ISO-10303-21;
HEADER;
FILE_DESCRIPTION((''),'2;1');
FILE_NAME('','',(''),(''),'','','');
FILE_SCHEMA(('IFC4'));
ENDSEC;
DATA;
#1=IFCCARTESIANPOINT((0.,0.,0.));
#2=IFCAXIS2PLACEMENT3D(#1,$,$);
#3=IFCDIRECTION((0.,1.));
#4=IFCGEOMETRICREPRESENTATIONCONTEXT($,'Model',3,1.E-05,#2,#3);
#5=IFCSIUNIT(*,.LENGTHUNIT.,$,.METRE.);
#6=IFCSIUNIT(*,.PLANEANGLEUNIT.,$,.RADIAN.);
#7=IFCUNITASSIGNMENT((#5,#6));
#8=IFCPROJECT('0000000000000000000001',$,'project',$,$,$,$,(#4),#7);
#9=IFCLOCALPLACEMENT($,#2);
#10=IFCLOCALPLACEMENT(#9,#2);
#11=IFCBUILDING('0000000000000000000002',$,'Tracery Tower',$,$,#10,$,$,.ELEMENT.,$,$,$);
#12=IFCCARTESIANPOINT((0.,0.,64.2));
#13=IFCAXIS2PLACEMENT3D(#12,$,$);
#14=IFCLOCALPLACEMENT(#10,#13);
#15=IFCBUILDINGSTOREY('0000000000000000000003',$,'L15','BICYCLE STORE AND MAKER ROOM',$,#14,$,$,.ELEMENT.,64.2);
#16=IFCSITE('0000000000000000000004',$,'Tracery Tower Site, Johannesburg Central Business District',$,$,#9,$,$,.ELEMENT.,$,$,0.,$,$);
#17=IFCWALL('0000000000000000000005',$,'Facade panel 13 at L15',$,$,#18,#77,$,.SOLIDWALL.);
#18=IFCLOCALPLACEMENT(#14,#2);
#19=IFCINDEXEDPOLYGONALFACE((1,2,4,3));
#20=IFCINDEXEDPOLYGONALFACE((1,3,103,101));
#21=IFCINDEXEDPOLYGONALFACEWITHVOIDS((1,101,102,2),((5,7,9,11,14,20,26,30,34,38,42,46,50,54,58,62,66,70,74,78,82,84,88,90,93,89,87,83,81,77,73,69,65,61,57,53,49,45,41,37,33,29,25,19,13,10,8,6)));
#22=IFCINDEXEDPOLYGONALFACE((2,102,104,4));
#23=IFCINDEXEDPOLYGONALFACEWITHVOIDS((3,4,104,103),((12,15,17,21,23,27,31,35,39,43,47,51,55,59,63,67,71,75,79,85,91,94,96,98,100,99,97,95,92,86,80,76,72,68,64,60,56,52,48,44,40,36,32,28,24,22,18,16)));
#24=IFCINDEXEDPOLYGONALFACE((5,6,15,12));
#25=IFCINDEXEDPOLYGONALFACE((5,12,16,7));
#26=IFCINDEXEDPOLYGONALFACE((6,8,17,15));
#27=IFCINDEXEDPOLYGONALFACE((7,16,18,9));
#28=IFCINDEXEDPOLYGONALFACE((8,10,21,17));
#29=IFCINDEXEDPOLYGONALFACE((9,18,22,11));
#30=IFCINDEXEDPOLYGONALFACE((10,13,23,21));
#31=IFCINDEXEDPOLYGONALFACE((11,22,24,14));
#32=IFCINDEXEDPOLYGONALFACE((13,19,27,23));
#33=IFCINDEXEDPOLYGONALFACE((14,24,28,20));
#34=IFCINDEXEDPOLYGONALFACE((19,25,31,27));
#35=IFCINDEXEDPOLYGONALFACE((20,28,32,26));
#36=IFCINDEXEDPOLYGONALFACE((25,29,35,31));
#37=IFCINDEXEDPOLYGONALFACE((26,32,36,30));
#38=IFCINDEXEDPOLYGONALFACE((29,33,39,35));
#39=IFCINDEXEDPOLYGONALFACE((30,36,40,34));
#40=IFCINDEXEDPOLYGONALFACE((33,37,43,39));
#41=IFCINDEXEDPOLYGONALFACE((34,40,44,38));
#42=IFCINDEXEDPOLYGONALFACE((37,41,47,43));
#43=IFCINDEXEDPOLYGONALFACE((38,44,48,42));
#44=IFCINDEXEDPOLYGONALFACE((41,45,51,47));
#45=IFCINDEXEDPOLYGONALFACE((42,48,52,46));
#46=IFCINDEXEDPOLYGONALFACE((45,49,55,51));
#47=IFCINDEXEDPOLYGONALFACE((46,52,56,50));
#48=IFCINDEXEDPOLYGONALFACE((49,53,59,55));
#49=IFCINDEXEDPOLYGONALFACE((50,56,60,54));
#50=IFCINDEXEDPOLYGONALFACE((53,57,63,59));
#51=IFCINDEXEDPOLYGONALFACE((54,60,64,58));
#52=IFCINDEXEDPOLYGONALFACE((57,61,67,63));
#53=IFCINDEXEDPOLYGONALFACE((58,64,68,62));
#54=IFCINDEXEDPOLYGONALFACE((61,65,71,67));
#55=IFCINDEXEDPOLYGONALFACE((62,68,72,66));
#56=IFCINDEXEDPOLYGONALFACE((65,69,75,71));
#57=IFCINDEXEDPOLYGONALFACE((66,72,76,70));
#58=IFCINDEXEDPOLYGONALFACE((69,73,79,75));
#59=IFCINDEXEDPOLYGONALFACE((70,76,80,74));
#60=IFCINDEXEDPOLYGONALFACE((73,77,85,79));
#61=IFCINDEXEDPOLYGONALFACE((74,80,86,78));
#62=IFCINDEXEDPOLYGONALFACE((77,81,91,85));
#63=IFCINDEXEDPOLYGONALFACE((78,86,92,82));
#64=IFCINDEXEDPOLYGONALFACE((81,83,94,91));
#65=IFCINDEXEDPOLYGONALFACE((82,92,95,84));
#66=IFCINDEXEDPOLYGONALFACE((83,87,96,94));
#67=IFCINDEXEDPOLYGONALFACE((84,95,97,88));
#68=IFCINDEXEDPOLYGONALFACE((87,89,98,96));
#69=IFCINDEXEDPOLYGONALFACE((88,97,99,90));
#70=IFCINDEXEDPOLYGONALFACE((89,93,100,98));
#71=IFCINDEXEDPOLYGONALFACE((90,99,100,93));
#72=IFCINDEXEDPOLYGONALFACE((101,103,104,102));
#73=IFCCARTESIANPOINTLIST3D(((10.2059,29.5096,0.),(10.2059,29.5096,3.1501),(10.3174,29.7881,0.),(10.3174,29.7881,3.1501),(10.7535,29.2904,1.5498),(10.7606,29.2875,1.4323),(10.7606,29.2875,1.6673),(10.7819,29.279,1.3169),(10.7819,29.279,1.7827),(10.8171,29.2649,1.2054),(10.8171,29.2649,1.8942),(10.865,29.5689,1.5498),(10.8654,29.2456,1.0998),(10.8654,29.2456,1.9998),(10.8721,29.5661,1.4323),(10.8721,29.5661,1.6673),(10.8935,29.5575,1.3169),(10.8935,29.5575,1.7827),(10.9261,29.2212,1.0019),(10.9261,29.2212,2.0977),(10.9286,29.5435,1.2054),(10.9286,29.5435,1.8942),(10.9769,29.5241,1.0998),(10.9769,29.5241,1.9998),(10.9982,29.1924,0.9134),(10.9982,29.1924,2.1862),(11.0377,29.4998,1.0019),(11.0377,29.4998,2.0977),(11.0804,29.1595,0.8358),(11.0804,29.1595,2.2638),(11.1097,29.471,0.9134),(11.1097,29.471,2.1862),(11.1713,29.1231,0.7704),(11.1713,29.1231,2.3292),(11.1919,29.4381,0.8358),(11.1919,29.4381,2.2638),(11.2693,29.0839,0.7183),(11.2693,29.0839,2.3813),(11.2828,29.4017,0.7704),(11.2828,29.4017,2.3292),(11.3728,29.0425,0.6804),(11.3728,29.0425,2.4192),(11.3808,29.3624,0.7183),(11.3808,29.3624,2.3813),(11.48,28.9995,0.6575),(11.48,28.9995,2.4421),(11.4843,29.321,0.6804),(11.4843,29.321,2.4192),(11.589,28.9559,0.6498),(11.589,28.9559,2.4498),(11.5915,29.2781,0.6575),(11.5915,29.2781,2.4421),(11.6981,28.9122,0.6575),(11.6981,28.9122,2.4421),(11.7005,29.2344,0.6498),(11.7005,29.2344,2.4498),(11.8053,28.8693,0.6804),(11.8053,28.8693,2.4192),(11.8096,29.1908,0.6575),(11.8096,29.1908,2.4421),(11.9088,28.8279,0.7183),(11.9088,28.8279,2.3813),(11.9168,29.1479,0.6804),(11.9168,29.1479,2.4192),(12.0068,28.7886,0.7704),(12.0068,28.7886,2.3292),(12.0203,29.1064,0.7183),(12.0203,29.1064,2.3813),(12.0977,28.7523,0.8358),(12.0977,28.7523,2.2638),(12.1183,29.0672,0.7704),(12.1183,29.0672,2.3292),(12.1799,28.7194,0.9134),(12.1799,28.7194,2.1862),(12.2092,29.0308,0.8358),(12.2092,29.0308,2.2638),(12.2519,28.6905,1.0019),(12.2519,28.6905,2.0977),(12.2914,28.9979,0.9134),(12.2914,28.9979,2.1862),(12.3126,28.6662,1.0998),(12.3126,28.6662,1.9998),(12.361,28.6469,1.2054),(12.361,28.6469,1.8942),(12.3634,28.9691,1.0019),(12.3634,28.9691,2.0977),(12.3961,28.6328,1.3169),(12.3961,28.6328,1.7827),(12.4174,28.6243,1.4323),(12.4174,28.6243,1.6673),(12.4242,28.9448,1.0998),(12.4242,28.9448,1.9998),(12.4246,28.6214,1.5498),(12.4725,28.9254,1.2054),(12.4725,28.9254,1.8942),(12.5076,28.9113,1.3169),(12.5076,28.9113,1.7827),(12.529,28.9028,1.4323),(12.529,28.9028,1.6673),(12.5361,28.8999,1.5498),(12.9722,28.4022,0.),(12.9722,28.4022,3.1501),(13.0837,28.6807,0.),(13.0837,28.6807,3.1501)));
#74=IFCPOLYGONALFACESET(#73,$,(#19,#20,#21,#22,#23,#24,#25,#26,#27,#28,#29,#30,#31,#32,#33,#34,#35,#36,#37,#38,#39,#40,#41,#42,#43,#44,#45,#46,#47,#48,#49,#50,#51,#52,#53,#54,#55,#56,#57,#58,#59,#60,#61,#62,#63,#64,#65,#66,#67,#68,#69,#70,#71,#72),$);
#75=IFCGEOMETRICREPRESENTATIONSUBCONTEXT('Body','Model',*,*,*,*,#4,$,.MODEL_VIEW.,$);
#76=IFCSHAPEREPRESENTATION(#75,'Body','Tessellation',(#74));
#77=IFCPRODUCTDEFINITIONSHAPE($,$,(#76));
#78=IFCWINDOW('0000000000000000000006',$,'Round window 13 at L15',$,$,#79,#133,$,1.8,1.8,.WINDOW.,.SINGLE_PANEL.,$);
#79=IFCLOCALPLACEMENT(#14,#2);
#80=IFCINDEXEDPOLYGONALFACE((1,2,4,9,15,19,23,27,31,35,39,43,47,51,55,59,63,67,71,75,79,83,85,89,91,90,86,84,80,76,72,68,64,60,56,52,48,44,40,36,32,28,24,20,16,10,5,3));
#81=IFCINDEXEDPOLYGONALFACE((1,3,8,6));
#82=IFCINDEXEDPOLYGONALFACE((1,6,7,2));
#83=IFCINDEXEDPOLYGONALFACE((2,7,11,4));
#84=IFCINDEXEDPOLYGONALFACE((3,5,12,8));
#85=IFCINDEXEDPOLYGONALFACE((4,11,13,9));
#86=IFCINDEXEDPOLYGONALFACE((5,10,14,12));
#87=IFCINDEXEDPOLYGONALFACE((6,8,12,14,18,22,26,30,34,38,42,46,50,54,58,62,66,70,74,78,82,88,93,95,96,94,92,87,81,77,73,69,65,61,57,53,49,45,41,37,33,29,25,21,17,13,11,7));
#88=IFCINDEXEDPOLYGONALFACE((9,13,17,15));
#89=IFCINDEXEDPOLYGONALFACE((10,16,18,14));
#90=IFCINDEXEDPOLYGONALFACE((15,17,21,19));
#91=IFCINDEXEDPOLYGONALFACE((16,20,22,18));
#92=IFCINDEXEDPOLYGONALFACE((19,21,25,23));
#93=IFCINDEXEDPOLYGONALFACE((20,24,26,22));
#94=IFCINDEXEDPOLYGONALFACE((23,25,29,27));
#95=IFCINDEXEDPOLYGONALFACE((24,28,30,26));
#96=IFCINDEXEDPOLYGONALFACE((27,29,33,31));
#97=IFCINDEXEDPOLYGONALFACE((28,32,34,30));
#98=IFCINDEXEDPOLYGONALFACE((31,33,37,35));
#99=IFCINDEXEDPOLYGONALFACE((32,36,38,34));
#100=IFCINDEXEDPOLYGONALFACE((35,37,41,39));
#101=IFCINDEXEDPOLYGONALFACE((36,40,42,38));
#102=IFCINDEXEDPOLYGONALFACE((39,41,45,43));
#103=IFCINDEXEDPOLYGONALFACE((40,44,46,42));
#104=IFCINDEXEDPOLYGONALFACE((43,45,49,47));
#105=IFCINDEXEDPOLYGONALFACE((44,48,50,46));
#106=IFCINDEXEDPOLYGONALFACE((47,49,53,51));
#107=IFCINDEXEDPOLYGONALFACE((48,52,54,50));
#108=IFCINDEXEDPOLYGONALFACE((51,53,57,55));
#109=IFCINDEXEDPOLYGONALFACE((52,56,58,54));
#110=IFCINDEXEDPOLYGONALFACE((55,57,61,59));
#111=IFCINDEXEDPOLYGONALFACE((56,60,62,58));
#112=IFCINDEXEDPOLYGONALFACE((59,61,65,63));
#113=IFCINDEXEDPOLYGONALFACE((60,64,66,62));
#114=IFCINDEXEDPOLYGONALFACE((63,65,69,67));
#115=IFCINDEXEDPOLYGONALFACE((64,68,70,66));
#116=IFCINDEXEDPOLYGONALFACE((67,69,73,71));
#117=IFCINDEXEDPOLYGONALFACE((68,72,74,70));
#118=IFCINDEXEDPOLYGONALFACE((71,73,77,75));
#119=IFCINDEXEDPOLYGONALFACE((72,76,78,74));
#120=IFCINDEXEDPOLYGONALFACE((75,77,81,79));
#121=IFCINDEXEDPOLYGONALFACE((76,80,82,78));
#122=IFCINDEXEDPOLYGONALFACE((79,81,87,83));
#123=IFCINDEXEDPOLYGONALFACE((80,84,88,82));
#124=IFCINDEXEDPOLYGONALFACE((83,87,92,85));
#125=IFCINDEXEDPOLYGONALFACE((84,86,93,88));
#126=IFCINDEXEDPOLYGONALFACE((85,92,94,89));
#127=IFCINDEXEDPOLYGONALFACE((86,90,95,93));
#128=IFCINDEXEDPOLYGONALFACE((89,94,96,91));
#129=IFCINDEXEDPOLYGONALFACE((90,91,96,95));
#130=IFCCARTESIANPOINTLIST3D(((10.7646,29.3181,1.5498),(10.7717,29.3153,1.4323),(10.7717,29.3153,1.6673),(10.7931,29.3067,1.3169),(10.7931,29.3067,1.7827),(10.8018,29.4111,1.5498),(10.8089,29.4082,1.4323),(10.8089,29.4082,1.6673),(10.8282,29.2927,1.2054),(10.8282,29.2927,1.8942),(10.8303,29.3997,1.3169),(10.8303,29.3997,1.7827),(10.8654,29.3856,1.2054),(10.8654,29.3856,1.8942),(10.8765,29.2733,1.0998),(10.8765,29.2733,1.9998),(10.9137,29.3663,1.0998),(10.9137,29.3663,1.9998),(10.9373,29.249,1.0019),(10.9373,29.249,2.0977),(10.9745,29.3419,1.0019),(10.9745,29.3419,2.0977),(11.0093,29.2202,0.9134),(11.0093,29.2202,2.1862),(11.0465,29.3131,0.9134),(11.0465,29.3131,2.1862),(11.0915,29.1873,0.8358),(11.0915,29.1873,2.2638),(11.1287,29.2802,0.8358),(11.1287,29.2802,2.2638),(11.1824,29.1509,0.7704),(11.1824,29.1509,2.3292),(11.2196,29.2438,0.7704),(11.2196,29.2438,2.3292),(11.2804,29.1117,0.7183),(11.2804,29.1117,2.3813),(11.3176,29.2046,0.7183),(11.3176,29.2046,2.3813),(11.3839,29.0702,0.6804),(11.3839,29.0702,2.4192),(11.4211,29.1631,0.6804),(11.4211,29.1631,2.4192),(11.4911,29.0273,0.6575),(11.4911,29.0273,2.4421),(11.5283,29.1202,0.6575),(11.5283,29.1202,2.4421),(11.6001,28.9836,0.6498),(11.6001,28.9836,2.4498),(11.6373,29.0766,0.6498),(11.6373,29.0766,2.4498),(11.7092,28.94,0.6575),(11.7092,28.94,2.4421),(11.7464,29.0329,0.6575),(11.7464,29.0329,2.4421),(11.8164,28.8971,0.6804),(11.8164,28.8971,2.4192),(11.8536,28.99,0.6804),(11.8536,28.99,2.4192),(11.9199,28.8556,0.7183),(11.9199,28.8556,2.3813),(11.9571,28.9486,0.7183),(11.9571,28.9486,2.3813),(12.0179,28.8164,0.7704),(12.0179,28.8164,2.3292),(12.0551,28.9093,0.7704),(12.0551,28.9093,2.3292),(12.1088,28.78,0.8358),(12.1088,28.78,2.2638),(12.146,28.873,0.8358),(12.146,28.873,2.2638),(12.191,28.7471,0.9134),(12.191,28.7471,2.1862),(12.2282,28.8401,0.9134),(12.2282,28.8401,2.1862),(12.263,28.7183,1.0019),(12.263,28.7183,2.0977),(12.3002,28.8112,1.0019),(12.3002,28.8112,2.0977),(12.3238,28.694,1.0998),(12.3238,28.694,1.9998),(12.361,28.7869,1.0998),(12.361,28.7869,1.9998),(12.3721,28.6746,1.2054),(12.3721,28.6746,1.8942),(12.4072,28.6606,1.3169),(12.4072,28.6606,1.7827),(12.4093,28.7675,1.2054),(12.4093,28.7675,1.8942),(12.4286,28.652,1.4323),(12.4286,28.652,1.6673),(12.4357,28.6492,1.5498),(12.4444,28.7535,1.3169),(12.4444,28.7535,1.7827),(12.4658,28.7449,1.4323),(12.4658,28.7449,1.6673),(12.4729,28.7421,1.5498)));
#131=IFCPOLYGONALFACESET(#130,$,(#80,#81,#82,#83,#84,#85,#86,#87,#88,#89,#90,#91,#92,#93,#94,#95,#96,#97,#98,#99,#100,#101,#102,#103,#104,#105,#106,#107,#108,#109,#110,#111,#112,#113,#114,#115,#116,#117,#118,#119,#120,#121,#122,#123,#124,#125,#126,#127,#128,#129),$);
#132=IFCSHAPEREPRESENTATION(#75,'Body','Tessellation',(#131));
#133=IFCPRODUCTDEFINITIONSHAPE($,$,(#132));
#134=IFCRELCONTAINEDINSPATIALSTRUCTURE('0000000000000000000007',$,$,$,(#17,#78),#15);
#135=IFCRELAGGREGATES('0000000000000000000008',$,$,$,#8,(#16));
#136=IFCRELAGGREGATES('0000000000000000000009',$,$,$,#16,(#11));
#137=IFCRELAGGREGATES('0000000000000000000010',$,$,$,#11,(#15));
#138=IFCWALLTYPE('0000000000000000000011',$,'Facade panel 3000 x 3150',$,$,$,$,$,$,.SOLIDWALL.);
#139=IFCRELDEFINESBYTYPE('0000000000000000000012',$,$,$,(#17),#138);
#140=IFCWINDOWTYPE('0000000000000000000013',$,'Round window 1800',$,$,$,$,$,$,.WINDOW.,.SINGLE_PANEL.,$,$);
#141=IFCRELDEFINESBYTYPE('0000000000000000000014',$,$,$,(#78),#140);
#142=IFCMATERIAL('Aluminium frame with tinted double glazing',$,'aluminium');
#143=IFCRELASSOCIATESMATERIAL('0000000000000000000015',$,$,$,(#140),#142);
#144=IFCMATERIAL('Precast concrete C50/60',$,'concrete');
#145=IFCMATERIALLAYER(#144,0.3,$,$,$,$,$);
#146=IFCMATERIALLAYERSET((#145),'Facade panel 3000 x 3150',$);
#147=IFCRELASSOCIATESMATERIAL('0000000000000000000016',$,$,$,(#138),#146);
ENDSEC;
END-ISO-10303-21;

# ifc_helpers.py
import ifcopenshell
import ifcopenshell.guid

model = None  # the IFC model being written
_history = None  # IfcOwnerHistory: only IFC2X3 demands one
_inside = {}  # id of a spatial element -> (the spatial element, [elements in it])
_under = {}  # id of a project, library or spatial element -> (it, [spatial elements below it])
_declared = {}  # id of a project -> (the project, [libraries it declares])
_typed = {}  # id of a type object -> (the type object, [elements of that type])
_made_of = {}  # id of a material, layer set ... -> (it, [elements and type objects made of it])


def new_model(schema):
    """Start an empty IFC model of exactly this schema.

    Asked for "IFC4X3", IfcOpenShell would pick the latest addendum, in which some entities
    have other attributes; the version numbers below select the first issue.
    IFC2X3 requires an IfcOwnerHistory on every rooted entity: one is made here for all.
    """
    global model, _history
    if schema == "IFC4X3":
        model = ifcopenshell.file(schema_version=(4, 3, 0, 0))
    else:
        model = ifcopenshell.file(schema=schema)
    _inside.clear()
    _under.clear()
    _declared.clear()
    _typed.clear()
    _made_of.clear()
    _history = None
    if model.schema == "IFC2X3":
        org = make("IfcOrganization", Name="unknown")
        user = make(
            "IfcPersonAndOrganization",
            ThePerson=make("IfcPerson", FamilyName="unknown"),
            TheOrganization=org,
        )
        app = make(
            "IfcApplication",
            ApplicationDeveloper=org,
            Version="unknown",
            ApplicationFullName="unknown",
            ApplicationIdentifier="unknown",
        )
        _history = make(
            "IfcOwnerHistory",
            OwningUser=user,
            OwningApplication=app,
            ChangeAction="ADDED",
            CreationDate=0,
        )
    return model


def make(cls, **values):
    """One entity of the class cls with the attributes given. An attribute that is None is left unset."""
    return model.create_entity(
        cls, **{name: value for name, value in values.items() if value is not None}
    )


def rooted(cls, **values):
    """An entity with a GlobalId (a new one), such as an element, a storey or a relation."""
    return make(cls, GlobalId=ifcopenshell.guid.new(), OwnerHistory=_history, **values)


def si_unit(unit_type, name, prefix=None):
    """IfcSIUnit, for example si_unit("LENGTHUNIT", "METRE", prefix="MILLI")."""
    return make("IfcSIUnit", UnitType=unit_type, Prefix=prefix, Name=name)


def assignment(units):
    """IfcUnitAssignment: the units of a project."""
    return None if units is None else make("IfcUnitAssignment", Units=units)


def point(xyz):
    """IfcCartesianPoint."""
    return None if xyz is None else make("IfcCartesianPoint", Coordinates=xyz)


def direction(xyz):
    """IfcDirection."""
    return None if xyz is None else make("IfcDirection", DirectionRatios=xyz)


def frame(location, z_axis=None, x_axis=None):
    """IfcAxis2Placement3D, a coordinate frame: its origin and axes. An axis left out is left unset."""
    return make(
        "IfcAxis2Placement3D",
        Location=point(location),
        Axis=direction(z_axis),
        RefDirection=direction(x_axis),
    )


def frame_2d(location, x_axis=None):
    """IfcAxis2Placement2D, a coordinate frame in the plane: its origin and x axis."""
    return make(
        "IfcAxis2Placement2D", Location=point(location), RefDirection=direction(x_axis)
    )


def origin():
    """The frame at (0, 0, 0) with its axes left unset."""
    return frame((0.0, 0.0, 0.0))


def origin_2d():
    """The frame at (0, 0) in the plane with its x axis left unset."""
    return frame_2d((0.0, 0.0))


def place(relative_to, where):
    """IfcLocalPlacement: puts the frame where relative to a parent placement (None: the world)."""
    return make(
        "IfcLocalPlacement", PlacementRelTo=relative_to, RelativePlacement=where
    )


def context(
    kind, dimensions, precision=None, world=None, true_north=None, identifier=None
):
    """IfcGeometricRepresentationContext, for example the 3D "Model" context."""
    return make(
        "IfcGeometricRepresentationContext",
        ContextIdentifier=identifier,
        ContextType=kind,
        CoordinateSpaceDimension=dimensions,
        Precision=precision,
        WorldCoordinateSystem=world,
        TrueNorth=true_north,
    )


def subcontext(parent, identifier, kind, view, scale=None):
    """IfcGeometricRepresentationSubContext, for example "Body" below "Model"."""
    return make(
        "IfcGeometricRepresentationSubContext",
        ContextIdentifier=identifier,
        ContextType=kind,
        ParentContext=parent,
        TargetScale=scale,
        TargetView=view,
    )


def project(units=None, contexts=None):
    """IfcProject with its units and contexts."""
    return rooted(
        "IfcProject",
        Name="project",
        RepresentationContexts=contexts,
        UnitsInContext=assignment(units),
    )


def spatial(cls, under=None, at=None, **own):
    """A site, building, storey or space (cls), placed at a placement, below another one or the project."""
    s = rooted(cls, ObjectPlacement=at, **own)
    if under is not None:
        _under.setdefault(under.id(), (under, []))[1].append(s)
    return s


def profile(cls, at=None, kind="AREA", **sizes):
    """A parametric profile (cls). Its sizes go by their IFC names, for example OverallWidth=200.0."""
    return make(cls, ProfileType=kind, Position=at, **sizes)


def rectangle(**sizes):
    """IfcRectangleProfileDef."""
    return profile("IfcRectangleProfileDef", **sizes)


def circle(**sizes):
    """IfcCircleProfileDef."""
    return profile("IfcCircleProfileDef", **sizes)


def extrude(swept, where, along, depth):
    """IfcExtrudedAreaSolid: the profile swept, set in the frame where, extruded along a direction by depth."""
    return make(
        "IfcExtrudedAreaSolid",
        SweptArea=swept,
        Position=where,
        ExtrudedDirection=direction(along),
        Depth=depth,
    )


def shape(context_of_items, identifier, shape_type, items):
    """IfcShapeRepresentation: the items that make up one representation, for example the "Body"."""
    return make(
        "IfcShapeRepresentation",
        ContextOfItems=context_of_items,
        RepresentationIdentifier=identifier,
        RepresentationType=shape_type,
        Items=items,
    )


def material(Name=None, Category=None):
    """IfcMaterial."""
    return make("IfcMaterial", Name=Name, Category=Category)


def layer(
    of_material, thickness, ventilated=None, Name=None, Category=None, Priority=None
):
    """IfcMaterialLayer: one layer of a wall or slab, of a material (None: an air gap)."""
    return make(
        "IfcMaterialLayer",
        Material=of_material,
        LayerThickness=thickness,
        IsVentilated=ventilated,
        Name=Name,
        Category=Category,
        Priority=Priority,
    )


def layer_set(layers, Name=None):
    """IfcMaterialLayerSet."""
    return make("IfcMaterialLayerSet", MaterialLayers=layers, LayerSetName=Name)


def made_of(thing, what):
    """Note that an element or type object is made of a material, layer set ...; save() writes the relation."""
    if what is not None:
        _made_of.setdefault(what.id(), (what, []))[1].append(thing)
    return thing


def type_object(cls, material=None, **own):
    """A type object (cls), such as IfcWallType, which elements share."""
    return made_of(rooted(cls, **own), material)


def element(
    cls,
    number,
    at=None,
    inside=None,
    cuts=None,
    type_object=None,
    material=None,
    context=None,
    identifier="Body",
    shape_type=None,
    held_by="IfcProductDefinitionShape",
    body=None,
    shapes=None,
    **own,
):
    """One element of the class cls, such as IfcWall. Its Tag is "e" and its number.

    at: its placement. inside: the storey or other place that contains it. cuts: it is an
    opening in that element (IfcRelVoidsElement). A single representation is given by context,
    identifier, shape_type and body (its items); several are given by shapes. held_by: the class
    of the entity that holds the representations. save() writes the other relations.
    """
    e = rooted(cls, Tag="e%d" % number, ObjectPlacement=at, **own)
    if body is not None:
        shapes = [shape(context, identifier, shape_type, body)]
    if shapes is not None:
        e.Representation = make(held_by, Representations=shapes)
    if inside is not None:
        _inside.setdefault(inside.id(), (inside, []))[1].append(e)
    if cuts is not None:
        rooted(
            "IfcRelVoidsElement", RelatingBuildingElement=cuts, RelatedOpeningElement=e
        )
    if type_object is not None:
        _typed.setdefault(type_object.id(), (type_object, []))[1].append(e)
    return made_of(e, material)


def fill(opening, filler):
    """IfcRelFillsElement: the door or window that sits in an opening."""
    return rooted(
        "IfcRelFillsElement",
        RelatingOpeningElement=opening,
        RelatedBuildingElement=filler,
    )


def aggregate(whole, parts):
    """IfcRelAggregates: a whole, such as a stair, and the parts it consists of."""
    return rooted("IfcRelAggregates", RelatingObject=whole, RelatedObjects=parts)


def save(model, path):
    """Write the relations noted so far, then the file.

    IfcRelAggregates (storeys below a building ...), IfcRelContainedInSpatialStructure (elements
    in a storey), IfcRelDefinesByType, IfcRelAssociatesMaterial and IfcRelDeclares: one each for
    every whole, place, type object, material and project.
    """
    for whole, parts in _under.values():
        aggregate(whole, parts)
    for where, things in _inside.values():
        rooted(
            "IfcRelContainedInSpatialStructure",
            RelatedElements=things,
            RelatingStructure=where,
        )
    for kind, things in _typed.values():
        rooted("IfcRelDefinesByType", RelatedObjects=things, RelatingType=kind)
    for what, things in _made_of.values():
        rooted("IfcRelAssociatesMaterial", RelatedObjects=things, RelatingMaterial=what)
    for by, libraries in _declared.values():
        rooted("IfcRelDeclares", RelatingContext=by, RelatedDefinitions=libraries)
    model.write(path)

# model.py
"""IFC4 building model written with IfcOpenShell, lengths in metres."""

from ifc_helpers import new_model, si_unit, direction, frame, frame_2d, origin, origin_2d, place, context, subcontext, project, spatial, rectangle, circle, extrude, material, layer, layer_set, type_object, element, fill, save


model = new_model("IFC4")

# Units and contexts
model_context = context("Model", 3, precision=1e-05, world=origin(), true_north=direction((0.0, 1.0)))
body_context = subcontext(model_context, "Body", "Model", "MODEL_VIEW")
ifc_project = project(units=[si_unit("LENGTHUNIT", "METRE"), si_unit("PLANEANGLEUNIT", "RADIAN")], contexts=[model_context])

# Site, building, storey
site_placement = place(None, origin())
site = spatial("IfcSite", under=ifc_project, at=site_placement, Name="Tracery Tower Site, Johannesburg Central Business District", CompositionType="ELEMENT", RefElevation=0.0)
building_placement = place(site_placement, origin())
building = spatial("IfcBuilding", under=site, at=building_placement, Name="Tracery Tower", CompositionType="ELEMENT")
storey_placement = place(building_placement, frame((0.0, 0.0, 64.2)))
storey = spatial("IfcBuildingStorey", under=building, at=storey_placement, Name="L15", Description="BICYCLE STORE AND MAKER ROOM", CompositionType="ELEMENT", Elevation=64.2)

# Wall, opening, window
ifc_material_1 = material(Name="Aluminium frame with tinted double glazing", Category="aluminium")
window_type = type_object("IfcWindowType", Name="Round window 1800", PartitioningType="SINGLE_PANEL", PredefinedType="WINDOW", material=ifc_material_1)
ifc_material_2 = material(Name="Precast concrete C50/60", Category="concrete")
ifc_layer_1 = layer(ifc_material_2, 0.3)
ifc_layer_set_1 = layer_set([ifc_layer_1], Name="Facade panel 3000 x 3150")
wall_type_1 = type_object("IfcWallType", Name="Facade panel 3000 x 3150", PredefinedType="SOLIDWALL", material=ifc_layer_set_1)
wall_1_placement = place(storey_placement, frame((13.0278, 28.5415, 0.0), z_axis=(0.0, 0.0, 1.0), x_axis=(-0.928375, 0.371645, 0.0)))
wall_1 = element("IfcWall", 1, at=wall_1_placement, inside=storey, type_object=wall_type_1, Name="Facade panel 13 at L15", PredefinedType="SOLIDWALL", context=body_context, shape_type="SweptSolid", body=[
    extrude(rectangle(XDim=2.9797, YDim=0.3, at=frame_2d((1.4897, 0.0))), origin(), (0.0, 0.0, 1.0), 3.1501),
])
opening_1_placement = place(wall_1_placement, frame((1.4897, 0.0, 1.5498)))
opening_1 = element("IfcOpeningElement", 2, at=opening_1_placement, cuts=wall_1, PredefinedType="OPENING", context=body_context, shape_type="SweptSolid", body=[
    extrude(circle(Radius=0.9, at=origin_2d()), frame((0.0, 0.1599, 0.0), z_axis=(0.0, -1.0, 0.0), x_axis=(1.0, 0.0, 0.0)), (0.0, 0.0, 1.0), 0.3201),
])
window_1_placement = place(opening_1_placement, origin())
window_1 = element("IfcWindow", 3, at=window_1_placement, inside=storey, type_object=window_type, Name="Round window 13 at L15", OverallHeight=1.8, OverallWidth=1.8, PartitioningType="SINGLE_PANEL", PredefinedType="WINDOW", context=body_context, shape_type="SweptSolid", body=[
    extrude(circle(Radius=0.9, at=origin_2d()), frame((0.0, 0.1201, 0.0), z_axis=(0.0, -1.0, 0.0), x_axis=(1.0, 0.0, 0.0)), (0.0, 0.0, 1.0), 0.1001),
])
fill(opening_1, window_1)

save(model, "model.ifc")
